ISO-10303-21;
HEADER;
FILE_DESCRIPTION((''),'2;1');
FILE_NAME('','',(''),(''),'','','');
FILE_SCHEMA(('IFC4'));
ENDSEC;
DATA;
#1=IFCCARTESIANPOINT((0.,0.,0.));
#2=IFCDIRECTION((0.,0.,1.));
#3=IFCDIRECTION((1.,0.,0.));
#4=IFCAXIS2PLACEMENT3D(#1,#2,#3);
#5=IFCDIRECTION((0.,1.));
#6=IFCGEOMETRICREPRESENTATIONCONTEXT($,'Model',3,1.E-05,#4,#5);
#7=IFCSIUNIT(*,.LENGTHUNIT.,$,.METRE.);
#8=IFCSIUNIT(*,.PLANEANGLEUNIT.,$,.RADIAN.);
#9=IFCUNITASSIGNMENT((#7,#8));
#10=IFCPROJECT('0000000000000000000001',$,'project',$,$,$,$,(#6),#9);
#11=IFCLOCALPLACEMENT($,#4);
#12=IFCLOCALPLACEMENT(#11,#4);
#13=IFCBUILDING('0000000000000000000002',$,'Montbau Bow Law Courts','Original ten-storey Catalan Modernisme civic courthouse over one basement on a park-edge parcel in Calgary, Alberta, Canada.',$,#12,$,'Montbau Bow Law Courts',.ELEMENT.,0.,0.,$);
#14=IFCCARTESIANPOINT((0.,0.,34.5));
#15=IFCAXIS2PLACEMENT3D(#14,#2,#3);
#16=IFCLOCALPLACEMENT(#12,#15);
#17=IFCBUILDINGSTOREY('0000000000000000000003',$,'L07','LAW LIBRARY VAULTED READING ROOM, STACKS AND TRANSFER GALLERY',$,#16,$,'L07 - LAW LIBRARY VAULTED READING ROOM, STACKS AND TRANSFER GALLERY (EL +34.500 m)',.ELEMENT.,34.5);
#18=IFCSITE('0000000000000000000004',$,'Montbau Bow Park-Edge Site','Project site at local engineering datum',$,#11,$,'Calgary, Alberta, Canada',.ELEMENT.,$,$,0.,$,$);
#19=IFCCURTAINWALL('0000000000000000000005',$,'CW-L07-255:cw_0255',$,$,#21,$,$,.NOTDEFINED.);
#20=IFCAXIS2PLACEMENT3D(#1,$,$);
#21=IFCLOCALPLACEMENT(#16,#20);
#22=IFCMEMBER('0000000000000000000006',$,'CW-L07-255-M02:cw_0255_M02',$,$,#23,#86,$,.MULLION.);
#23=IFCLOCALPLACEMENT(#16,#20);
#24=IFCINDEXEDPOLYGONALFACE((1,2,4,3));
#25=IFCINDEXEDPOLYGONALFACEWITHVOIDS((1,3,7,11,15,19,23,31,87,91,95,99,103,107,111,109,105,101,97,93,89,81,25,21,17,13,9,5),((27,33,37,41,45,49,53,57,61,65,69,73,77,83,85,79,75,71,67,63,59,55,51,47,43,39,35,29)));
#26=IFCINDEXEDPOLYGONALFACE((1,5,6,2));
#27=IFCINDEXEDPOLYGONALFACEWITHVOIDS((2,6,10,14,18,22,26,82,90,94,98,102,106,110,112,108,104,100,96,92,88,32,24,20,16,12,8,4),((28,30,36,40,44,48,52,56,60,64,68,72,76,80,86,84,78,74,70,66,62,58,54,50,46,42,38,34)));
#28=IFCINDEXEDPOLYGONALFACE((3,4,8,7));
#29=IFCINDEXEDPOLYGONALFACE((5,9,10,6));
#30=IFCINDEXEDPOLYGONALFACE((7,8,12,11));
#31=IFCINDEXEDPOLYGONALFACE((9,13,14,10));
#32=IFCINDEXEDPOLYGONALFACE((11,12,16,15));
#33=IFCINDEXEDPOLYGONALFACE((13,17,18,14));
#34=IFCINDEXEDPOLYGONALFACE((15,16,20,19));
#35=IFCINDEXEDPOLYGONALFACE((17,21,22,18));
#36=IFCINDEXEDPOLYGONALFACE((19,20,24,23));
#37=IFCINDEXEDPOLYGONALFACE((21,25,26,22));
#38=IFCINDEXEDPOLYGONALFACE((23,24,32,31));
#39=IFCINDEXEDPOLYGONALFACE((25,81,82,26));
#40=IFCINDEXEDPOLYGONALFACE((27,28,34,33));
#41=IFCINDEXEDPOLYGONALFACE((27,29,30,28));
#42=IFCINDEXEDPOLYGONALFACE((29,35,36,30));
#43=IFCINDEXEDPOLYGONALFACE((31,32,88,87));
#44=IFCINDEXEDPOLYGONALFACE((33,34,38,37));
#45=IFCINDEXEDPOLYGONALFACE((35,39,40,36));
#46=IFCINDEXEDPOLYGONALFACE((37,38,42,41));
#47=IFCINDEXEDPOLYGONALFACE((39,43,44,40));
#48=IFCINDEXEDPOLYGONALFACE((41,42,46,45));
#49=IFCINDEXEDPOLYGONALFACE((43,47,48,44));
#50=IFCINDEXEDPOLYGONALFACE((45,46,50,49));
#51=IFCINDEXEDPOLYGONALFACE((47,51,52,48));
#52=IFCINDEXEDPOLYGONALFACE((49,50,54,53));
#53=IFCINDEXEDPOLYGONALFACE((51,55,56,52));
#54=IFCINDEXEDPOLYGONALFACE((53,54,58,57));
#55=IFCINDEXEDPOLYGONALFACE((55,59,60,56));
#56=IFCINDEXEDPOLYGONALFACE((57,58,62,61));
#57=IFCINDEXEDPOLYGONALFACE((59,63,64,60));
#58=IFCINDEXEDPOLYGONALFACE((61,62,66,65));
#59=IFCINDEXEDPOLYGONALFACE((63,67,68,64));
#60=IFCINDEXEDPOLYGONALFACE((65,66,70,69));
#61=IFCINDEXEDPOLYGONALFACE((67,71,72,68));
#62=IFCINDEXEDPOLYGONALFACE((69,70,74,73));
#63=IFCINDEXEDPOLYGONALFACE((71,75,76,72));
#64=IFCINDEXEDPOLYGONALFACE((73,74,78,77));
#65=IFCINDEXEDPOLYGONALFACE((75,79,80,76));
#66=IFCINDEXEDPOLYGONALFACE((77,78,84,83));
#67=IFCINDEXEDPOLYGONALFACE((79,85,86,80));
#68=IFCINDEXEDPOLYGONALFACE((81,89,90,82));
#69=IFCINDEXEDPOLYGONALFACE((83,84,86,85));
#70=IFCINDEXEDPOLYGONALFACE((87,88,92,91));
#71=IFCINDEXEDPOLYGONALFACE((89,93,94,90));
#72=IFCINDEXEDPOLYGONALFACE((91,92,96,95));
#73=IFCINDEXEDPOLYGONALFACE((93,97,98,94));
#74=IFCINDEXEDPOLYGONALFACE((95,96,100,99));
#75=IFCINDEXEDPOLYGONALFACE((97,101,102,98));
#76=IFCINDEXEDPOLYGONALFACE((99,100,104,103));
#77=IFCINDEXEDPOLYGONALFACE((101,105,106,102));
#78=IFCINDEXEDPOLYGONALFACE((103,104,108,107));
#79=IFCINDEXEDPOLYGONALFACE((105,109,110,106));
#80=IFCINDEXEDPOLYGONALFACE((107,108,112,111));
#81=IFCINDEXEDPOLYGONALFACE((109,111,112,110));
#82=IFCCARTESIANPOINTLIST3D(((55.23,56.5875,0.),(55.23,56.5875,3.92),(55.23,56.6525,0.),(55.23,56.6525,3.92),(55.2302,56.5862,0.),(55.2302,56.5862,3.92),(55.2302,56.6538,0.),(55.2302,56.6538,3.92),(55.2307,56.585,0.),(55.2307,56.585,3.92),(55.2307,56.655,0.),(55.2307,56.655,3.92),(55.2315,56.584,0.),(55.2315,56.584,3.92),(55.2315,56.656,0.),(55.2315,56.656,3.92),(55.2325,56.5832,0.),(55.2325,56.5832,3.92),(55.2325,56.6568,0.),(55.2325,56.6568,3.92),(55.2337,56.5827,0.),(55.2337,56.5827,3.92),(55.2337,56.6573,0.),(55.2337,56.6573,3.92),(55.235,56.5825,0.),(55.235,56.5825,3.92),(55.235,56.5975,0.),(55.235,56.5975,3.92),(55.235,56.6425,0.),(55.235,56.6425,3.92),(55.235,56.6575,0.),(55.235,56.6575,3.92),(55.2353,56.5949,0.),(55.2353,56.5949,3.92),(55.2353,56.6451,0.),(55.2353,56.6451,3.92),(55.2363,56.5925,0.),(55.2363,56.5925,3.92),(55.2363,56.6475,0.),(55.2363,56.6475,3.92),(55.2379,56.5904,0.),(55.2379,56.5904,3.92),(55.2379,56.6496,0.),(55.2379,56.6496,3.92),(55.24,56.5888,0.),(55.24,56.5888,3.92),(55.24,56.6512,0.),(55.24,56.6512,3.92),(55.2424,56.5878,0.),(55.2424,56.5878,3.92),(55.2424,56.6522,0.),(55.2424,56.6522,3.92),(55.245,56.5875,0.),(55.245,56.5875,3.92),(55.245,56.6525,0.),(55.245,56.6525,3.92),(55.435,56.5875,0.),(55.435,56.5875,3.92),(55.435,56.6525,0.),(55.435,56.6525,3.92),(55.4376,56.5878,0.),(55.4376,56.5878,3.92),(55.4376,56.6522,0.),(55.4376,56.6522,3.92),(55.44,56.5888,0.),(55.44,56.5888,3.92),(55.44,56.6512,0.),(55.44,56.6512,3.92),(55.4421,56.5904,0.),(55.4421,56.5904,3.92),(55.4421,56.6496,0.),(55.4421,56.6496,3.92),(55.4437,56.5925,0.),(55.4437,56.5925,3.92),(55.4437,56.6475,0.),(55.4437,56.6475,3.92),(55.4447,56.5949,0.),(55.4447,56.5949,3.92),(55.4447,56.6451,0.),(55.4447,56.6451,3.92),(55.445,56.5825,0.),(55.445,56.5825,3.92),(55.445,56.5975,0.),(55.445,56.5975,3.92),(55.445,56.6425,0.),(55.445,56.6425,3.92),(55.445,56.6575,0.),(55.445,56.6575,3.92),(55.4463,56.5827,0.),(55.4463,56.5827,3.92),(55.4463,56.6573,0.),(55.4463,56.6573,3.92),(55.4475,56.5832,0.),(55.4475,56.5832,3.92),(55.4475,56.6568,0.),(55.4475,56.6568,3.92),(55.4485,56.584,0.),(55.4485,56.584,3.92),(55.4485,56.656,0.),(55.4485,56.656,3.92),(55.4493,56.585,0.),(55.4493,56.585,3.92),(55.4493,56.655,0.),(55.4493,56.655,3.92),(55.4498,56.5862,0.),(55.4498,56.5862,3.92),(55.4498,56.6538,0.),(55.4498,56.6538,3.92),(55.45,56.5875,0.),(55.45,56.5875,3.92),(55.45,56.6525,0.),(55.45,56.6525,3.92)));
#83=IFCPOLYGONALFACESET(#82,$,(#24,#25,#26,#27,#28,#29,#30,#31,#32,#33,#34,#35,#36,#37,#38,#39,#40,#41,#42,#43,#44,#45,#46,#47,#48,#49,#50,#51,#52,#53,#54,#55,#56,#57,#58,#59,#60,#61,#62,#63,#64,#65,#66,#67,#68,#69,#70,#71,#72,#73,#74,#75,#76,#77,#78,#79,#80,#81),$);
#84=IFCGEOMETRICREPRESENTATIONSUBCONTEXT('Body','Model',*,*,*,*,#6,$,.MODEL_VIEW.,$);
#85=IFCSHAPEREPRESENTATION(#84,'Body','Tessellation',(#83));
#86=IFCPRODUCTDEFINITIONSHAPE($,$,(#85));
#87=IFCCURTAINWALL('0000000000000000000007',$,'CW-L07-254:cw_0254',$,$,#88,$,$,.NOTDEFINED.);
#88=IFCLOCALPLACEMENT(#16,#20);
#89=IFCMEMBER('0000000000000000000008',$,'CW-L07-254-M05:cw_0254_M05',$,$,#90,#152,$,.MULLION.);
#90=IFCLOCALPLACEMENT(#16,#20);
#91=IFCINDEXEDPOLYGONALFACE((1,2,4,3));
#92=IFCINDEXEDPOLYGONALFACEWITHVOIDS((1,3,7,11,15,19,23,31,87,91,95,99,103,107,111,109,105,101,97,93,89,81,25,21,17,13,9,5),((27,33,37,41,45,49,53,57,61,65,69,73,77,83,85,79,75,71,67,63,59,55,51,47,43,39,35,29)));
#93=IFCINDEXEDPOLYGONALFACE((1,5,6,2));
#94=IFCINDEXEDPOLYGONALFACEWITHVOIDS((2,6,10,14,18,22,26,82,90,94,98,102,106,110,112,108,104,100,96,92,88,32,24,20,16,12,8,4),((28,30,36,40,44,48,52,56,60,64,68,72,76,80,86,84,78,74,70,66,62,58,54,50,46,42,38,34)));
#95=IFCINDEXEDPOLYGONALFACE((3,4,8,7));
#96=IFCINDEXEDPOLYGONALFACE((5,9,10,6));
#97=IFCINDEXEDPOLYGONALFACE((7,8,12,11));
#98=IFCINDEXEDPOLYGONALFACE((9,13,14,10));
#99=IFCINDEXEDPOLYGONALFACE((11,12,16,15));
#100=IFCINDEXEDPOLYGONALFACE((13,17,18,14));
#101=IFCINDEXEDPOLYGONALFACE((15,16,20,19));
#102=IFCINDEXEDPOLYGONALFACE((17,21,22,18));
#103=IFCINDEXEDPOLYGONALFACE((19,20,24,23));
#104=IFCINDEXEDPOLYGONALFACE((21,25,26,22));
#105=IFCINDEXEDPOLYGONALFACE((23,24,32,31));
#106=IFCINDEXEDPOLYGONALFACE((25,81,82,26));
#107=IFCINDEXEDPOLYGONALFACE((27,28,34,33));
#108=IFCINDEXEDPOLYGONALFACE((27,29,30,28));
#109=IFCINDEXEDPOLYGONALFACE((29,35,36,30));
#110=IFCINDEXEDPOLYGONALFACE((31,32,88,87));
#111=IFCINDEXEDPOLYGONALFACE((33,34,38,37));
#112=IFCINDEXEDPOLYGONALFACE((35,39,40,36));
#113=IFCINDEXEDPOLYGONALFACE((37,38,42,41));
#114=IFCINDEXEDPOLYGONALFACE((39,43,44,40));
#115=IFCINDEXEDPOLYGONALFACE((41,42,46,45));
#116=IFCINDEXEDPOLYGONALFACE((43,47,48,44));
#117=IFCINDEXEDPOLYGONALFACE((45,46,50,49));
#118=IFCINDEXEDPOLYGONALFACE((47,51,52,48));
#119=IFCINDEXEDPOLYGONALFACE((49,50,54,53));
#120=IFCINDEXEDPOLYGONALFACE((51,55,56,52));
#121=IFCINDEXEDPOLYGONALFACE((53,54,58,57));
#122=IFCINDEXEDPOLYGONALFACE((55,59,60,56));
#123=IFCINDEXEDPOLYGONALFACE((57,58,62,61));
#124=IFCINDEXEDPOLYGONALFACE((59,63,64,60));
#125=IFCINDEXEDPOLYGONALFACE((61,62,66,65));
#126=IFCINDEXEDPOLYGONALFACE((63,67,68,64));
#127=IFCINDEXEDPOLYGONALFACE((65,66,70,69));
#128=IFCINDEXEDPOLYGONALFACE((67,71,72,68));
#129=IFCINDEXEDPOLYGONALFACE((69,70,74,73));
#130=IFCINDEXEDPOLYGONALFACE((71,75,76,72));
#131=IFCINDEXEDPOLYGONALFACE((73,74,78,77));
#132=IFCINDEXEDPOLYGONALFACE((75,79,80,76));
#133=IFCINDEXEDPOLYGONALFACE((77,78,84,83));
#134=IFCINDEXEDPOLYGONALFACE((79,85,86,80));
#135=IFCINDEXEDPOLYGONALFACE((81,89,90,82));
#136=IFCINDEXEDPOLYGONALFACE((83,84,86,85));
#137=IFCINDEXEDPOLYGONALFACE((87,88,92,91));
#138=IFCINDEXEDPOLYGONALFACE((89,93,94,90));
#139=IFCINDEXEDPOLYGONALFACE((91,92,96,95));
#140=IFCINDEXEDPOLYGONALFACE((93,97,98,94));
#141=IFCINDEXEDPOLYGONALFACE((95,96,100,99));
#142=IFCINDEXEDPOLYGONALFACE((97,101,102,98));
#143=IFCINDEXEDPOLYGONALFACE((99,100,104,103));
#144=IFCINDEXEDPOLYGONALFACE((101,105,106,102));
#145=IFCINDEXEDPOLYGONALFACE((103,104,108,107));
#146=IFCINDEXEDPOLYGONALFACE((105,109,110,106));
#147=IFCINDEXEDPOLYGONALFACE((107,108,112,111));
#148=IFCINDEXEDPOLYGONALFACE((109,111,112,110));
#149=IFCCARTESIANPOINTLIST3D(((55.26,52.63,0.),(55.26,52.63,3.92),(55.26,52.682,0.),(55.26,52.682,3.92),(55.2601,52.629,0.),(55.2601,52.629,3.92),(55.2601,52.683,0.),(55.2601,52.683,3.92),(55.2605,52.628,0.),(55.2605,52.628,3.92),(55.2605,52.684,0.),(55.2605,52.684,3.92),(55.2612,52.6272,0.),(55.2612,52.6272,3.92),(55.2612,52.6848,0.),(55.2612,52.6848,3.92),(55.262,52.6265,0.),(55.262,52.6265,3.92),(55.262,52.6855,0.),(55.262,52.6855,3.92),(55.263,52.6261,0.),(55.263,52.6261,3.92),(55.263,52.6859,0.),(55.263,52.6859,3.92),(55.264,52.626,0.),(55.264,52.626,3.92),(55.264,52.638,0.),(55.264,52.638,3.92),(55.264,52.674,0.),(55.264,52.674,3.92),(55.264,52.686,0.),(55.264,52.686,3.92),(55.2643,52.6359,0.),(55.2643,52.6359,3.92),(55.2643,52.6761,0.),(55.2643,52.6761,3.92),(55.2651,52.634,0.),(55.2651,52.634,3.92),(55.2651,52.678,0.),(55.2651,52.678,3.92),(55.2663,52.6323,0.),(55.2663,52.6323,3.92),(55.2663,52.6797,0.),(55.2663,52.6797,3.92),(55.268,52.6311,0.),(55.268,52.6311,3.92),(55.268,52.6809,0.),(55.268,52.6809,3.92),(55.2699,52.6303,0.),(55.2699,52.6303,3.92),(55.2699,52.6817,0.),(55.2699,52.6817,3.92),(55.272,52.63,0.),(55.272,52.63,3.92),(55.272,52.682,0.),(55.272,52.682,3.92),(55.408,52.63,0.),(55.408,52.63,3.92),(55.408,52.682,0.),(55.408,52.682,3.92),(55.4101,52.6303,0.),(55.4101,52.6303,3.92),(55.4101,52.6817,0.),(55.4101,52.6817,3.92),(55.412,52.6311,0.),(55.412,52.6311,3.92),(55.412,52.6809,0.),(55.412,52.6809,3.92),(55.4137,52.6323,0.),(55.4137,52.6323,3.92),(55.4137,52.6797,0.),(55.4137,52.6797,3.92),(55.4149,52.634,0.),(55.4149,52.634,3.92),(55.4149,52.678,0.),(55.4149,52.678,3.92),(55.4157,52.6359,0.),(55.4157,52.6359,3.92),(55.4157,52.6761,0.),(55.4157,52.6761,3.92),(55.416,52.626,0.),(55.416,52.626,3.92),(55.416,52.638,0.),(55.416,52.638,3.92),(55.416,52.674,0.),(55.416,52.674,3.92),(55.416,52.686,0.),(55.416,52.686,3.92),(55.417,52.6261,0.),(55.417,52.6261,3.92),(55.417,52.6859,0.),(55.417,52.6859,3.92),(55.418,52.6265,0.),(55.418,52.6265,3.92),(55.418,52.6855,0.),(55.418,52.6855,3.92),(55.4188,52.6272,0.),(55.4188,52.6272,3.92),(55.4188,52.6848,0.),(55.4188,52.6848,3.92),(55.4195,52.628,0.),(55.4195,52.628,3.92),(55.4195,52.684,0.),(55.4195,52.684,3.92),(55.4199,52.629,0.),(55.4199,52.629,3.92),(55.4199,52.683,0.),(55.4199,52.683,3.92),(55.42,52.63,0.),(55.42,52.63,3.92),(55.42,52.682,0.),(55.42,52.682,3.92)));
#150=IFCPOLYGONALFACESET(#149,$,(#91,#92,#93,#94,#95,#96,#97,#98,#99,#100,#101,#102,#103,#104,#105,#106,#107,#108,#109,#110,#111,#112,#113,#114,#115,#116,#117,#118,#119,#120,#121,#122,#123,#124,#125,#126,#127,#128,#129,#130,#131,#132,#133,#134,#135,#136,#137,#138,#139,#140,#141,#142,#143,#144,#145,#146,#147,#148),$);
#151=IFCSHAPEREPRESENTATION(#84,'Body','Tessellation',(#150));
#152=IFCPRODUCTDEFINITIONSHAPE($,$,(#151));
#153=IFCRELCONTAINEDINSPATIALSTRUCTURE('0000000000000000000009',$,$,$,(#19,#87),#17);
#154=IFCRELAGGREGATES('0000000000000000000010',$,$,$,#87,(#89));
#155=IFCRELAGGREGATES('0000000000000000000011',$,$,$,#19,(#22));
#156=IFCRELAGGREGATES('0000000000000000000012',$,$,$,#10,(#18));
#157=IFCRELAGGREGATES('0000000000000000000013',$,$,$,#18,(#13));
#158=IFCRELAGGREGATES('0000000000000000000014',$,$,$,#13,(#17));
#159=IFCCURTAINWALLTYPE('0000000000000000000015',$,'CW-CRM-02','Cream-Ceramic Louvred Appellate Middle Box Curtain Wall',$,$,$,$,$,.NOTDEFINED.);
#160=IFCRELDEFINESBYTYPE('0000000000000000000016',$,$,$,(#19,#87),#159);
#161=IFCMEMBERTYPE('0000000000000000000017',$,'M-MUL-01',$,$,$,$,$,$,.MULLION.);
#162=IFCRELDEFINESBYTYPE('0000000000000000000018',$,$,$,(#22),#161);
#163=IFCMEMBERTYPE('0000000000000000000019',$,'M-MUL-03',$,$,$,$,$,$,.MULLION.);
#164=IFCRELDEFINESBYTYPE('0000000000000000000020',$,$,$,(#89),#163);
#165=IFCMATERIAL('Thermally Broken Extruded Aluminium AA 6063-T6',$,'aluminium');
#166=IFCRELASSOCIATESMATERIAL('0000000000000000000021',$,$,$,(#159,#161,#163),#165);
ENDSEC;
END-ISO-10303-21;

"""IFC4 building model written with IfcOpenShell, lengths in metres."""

from ifc_helpers import new_model, si_unit, direction, frame, origin_with_axes, origin_2d_with_axis, place, context, subcontext, project, spatial, hollow_rectangle, extrude, material, material_profile, profile_set, type_object, element, aggregate, save


model = new_model("IFC4")

# Units and contexts
model_context = context("Model", 3, precision=1e-05, world=origin_with_axes(), true_north=direction((0.0, 1.0)))
body_context = subcontext(model_context, "Body", "Model", "MODEL_VIEW")
ifc_project = project(units=[si_unit("LENGTHUNIT", "METRE"), si_unit("PLANEANGLEUNIT", "RADIAN")], contexts=[model_context])

# Site, building, storey
site_placement = place(None, origin_with_axes())
site = spatial("IfcSite", under=ifc_project, at=site_placement, Name="Montbau Bow Park-Edge Site", Description="Project site at local engineering datum", LongName="Calgary, Alberta, Canada", CompositionType="ELEMENT", RefElevation=0.0)
building_placement = place(site_placement, origin_with_axes())
building = spatial("IfcBuilding", under=site, at=building_placement, Name="Montbau Bow Law Courts", Description="Original ten-storey Catalan Modernisme civic courthouse over one basement on a park-edge parcel in Calgary, Alberta, Canada.", LongName="Montbau Bow Law Courts", CompositionType="ELEMENT", ElevationOfRefHeight=0.0, ElevationOfTerrain=0.0)
storey_placement = place(building_placement, frame((0.0, 0.0, 34.5), z_axis=(0.0, 0.0, 1.0), x_axis=(1.0, 0.0, 0.0)))
storey = spatial("IfcBuildingStorey", under=building, at=storey_placement, Name="L07", Description="LAW LIBRARY VAULTED READING ROOM, STACKS AND TRANSFER GALLERY", LongName="L07 - LAW LIBRARY VAULTED READING ROOM, STACKS AND TRANSFER GALLERY (EL +34.500 m)", CompositionType="ELEMENT", Elevation=34.5)

# Curtain walls, members
ifc_material_1 = material(Name="Thermally Broken Extruded Aluminium AA 6063-T6", Category="aluminium")
curtain_wall_type = type_object("IfcCurtainWallType", Name="CW-CRM-02", Description="Cream-Ceramic Louvred Appellate Middle Box Curtain Wall", PredefinedType="NOTDEFINED", material=ifc_material_1)
curtain_wall_1_placement = place(None, frame((55.34, 55.04, 34.5), z_axis=(0.0, 0.0, 1.0), x_axis=(1.0, 0.0, 0.0)))
curtain_wall_1 = element("IfcCurtainWall", 1, at=curtain_wall_1_placement, inside=storey, type_object=curtain_wall_type, Name="CW-L07-255:cw_0255", PredefinedType="NOTDEFINED")
ifc_material_profile_1 = material_profile(ifc_material_1, hollow_rectangle(XDim=0.075, YDim=0.22, WallThickness=0.005, InnerFilletRadius=0.01, OuterFilletRadius=0.005, at=origin_2d_with_axis()), Name="CWM-220X75", Category="Main", Priority=0)
ifc_profile_set_1 = profile_set([ifc_material_profile_1], Name="Thermally Broken Extruded Aluminium AA 6063-T6")
member_type_1 = type_object("IfcMemberType", Name="M-MUL-01", PredefinedType="MULLION", material=ifc_profile_set_1)
member_1_placement = place(None, frame((55.34, 56.62, 34.5), z_axis=(0.0, 0.0, 1.0), x_axis=(0.0, 1.0, 0.0)))
member_1 = element("IfcMember", 2, at=member_1_placement, type_object=member_type_1, Name="CW-L07-255-M02:cw_0255_M02", PredefinedType="MULLION", context=body_context, shape_type="SweptSolid", body=[
    extrude(hollow_rectangle(XDim=0.075, YDim=0.22, WallThickness=0.005, InnerFilletRadius=0.01, OuterFilletRadius=0.005, at=origin_2d_with_axis()), origin_with_axes(), (0.0, 0.0, 1.0), 3.92),
])
curtain_wall_2_placement = place(None, frame((55.34, 46.64, 34.5), z_axis=(0.0, 0.0, 1.0), x_axis=(1.0, 0.0, 0.0)))
curtain_wall_2 = element("IfcCurtainWall", 3, at=curtain_wall_2_placement, inside=storey, type_object=curtain_wall_type, Name="CW-L07-254:cw_0254", PredefinedType="NOTDEFINED")
ifc_material_profile_2 = material_profile(ifc_material_1, hollow_rectangle(XDim=0.06, YDim=0.16, WallThickness=0.004, InnerFilletRadius=0.008, OuterFilletRadius=0.004, at=origin_2d_with_axis()), Name="CWM-160X60", Category="Main", Priority=0)
ifc_profile_set_2 = profile_set([ifc_material_profile_2], Name="Thermally Broken Extruded Aluminium AA 6063-T6")
member_type_2 = type_object("IfcMemberType", Name="M-MUL-03", PredefinedType="MULLION", material=ifc_profile_set_2)
member_2_placement = place(None, frame((55.34, 52.656, 34.5), z_axis=(0.0, 0.0, 1.0), x_axis=(0.0, 1.0, 0.0)))
member_2 = element("IfcMember", 4, at=member_2_placement, type_object=member_type_2, Name="CW-L07-254-M05:cw_0254_M05", PredefinedType="MULLION", context=body_context, shape_type="SweptSolid", body=[
    extrude(hollow_rectangle(XDim=0.06, YDim=0.16, WallThickness=0.004, InnerFilletRadius=0.008, OuterFilletRadius=0.004, at=origin_2d_with_axis()), origin_with_axes(), (0.0, 0.0, 1.0), 3.92),
])

aggregate(curtain_wall_2, [member_2])
aggregate(curtain_wall_1, [member_1])

save(model, "model.ifc")
